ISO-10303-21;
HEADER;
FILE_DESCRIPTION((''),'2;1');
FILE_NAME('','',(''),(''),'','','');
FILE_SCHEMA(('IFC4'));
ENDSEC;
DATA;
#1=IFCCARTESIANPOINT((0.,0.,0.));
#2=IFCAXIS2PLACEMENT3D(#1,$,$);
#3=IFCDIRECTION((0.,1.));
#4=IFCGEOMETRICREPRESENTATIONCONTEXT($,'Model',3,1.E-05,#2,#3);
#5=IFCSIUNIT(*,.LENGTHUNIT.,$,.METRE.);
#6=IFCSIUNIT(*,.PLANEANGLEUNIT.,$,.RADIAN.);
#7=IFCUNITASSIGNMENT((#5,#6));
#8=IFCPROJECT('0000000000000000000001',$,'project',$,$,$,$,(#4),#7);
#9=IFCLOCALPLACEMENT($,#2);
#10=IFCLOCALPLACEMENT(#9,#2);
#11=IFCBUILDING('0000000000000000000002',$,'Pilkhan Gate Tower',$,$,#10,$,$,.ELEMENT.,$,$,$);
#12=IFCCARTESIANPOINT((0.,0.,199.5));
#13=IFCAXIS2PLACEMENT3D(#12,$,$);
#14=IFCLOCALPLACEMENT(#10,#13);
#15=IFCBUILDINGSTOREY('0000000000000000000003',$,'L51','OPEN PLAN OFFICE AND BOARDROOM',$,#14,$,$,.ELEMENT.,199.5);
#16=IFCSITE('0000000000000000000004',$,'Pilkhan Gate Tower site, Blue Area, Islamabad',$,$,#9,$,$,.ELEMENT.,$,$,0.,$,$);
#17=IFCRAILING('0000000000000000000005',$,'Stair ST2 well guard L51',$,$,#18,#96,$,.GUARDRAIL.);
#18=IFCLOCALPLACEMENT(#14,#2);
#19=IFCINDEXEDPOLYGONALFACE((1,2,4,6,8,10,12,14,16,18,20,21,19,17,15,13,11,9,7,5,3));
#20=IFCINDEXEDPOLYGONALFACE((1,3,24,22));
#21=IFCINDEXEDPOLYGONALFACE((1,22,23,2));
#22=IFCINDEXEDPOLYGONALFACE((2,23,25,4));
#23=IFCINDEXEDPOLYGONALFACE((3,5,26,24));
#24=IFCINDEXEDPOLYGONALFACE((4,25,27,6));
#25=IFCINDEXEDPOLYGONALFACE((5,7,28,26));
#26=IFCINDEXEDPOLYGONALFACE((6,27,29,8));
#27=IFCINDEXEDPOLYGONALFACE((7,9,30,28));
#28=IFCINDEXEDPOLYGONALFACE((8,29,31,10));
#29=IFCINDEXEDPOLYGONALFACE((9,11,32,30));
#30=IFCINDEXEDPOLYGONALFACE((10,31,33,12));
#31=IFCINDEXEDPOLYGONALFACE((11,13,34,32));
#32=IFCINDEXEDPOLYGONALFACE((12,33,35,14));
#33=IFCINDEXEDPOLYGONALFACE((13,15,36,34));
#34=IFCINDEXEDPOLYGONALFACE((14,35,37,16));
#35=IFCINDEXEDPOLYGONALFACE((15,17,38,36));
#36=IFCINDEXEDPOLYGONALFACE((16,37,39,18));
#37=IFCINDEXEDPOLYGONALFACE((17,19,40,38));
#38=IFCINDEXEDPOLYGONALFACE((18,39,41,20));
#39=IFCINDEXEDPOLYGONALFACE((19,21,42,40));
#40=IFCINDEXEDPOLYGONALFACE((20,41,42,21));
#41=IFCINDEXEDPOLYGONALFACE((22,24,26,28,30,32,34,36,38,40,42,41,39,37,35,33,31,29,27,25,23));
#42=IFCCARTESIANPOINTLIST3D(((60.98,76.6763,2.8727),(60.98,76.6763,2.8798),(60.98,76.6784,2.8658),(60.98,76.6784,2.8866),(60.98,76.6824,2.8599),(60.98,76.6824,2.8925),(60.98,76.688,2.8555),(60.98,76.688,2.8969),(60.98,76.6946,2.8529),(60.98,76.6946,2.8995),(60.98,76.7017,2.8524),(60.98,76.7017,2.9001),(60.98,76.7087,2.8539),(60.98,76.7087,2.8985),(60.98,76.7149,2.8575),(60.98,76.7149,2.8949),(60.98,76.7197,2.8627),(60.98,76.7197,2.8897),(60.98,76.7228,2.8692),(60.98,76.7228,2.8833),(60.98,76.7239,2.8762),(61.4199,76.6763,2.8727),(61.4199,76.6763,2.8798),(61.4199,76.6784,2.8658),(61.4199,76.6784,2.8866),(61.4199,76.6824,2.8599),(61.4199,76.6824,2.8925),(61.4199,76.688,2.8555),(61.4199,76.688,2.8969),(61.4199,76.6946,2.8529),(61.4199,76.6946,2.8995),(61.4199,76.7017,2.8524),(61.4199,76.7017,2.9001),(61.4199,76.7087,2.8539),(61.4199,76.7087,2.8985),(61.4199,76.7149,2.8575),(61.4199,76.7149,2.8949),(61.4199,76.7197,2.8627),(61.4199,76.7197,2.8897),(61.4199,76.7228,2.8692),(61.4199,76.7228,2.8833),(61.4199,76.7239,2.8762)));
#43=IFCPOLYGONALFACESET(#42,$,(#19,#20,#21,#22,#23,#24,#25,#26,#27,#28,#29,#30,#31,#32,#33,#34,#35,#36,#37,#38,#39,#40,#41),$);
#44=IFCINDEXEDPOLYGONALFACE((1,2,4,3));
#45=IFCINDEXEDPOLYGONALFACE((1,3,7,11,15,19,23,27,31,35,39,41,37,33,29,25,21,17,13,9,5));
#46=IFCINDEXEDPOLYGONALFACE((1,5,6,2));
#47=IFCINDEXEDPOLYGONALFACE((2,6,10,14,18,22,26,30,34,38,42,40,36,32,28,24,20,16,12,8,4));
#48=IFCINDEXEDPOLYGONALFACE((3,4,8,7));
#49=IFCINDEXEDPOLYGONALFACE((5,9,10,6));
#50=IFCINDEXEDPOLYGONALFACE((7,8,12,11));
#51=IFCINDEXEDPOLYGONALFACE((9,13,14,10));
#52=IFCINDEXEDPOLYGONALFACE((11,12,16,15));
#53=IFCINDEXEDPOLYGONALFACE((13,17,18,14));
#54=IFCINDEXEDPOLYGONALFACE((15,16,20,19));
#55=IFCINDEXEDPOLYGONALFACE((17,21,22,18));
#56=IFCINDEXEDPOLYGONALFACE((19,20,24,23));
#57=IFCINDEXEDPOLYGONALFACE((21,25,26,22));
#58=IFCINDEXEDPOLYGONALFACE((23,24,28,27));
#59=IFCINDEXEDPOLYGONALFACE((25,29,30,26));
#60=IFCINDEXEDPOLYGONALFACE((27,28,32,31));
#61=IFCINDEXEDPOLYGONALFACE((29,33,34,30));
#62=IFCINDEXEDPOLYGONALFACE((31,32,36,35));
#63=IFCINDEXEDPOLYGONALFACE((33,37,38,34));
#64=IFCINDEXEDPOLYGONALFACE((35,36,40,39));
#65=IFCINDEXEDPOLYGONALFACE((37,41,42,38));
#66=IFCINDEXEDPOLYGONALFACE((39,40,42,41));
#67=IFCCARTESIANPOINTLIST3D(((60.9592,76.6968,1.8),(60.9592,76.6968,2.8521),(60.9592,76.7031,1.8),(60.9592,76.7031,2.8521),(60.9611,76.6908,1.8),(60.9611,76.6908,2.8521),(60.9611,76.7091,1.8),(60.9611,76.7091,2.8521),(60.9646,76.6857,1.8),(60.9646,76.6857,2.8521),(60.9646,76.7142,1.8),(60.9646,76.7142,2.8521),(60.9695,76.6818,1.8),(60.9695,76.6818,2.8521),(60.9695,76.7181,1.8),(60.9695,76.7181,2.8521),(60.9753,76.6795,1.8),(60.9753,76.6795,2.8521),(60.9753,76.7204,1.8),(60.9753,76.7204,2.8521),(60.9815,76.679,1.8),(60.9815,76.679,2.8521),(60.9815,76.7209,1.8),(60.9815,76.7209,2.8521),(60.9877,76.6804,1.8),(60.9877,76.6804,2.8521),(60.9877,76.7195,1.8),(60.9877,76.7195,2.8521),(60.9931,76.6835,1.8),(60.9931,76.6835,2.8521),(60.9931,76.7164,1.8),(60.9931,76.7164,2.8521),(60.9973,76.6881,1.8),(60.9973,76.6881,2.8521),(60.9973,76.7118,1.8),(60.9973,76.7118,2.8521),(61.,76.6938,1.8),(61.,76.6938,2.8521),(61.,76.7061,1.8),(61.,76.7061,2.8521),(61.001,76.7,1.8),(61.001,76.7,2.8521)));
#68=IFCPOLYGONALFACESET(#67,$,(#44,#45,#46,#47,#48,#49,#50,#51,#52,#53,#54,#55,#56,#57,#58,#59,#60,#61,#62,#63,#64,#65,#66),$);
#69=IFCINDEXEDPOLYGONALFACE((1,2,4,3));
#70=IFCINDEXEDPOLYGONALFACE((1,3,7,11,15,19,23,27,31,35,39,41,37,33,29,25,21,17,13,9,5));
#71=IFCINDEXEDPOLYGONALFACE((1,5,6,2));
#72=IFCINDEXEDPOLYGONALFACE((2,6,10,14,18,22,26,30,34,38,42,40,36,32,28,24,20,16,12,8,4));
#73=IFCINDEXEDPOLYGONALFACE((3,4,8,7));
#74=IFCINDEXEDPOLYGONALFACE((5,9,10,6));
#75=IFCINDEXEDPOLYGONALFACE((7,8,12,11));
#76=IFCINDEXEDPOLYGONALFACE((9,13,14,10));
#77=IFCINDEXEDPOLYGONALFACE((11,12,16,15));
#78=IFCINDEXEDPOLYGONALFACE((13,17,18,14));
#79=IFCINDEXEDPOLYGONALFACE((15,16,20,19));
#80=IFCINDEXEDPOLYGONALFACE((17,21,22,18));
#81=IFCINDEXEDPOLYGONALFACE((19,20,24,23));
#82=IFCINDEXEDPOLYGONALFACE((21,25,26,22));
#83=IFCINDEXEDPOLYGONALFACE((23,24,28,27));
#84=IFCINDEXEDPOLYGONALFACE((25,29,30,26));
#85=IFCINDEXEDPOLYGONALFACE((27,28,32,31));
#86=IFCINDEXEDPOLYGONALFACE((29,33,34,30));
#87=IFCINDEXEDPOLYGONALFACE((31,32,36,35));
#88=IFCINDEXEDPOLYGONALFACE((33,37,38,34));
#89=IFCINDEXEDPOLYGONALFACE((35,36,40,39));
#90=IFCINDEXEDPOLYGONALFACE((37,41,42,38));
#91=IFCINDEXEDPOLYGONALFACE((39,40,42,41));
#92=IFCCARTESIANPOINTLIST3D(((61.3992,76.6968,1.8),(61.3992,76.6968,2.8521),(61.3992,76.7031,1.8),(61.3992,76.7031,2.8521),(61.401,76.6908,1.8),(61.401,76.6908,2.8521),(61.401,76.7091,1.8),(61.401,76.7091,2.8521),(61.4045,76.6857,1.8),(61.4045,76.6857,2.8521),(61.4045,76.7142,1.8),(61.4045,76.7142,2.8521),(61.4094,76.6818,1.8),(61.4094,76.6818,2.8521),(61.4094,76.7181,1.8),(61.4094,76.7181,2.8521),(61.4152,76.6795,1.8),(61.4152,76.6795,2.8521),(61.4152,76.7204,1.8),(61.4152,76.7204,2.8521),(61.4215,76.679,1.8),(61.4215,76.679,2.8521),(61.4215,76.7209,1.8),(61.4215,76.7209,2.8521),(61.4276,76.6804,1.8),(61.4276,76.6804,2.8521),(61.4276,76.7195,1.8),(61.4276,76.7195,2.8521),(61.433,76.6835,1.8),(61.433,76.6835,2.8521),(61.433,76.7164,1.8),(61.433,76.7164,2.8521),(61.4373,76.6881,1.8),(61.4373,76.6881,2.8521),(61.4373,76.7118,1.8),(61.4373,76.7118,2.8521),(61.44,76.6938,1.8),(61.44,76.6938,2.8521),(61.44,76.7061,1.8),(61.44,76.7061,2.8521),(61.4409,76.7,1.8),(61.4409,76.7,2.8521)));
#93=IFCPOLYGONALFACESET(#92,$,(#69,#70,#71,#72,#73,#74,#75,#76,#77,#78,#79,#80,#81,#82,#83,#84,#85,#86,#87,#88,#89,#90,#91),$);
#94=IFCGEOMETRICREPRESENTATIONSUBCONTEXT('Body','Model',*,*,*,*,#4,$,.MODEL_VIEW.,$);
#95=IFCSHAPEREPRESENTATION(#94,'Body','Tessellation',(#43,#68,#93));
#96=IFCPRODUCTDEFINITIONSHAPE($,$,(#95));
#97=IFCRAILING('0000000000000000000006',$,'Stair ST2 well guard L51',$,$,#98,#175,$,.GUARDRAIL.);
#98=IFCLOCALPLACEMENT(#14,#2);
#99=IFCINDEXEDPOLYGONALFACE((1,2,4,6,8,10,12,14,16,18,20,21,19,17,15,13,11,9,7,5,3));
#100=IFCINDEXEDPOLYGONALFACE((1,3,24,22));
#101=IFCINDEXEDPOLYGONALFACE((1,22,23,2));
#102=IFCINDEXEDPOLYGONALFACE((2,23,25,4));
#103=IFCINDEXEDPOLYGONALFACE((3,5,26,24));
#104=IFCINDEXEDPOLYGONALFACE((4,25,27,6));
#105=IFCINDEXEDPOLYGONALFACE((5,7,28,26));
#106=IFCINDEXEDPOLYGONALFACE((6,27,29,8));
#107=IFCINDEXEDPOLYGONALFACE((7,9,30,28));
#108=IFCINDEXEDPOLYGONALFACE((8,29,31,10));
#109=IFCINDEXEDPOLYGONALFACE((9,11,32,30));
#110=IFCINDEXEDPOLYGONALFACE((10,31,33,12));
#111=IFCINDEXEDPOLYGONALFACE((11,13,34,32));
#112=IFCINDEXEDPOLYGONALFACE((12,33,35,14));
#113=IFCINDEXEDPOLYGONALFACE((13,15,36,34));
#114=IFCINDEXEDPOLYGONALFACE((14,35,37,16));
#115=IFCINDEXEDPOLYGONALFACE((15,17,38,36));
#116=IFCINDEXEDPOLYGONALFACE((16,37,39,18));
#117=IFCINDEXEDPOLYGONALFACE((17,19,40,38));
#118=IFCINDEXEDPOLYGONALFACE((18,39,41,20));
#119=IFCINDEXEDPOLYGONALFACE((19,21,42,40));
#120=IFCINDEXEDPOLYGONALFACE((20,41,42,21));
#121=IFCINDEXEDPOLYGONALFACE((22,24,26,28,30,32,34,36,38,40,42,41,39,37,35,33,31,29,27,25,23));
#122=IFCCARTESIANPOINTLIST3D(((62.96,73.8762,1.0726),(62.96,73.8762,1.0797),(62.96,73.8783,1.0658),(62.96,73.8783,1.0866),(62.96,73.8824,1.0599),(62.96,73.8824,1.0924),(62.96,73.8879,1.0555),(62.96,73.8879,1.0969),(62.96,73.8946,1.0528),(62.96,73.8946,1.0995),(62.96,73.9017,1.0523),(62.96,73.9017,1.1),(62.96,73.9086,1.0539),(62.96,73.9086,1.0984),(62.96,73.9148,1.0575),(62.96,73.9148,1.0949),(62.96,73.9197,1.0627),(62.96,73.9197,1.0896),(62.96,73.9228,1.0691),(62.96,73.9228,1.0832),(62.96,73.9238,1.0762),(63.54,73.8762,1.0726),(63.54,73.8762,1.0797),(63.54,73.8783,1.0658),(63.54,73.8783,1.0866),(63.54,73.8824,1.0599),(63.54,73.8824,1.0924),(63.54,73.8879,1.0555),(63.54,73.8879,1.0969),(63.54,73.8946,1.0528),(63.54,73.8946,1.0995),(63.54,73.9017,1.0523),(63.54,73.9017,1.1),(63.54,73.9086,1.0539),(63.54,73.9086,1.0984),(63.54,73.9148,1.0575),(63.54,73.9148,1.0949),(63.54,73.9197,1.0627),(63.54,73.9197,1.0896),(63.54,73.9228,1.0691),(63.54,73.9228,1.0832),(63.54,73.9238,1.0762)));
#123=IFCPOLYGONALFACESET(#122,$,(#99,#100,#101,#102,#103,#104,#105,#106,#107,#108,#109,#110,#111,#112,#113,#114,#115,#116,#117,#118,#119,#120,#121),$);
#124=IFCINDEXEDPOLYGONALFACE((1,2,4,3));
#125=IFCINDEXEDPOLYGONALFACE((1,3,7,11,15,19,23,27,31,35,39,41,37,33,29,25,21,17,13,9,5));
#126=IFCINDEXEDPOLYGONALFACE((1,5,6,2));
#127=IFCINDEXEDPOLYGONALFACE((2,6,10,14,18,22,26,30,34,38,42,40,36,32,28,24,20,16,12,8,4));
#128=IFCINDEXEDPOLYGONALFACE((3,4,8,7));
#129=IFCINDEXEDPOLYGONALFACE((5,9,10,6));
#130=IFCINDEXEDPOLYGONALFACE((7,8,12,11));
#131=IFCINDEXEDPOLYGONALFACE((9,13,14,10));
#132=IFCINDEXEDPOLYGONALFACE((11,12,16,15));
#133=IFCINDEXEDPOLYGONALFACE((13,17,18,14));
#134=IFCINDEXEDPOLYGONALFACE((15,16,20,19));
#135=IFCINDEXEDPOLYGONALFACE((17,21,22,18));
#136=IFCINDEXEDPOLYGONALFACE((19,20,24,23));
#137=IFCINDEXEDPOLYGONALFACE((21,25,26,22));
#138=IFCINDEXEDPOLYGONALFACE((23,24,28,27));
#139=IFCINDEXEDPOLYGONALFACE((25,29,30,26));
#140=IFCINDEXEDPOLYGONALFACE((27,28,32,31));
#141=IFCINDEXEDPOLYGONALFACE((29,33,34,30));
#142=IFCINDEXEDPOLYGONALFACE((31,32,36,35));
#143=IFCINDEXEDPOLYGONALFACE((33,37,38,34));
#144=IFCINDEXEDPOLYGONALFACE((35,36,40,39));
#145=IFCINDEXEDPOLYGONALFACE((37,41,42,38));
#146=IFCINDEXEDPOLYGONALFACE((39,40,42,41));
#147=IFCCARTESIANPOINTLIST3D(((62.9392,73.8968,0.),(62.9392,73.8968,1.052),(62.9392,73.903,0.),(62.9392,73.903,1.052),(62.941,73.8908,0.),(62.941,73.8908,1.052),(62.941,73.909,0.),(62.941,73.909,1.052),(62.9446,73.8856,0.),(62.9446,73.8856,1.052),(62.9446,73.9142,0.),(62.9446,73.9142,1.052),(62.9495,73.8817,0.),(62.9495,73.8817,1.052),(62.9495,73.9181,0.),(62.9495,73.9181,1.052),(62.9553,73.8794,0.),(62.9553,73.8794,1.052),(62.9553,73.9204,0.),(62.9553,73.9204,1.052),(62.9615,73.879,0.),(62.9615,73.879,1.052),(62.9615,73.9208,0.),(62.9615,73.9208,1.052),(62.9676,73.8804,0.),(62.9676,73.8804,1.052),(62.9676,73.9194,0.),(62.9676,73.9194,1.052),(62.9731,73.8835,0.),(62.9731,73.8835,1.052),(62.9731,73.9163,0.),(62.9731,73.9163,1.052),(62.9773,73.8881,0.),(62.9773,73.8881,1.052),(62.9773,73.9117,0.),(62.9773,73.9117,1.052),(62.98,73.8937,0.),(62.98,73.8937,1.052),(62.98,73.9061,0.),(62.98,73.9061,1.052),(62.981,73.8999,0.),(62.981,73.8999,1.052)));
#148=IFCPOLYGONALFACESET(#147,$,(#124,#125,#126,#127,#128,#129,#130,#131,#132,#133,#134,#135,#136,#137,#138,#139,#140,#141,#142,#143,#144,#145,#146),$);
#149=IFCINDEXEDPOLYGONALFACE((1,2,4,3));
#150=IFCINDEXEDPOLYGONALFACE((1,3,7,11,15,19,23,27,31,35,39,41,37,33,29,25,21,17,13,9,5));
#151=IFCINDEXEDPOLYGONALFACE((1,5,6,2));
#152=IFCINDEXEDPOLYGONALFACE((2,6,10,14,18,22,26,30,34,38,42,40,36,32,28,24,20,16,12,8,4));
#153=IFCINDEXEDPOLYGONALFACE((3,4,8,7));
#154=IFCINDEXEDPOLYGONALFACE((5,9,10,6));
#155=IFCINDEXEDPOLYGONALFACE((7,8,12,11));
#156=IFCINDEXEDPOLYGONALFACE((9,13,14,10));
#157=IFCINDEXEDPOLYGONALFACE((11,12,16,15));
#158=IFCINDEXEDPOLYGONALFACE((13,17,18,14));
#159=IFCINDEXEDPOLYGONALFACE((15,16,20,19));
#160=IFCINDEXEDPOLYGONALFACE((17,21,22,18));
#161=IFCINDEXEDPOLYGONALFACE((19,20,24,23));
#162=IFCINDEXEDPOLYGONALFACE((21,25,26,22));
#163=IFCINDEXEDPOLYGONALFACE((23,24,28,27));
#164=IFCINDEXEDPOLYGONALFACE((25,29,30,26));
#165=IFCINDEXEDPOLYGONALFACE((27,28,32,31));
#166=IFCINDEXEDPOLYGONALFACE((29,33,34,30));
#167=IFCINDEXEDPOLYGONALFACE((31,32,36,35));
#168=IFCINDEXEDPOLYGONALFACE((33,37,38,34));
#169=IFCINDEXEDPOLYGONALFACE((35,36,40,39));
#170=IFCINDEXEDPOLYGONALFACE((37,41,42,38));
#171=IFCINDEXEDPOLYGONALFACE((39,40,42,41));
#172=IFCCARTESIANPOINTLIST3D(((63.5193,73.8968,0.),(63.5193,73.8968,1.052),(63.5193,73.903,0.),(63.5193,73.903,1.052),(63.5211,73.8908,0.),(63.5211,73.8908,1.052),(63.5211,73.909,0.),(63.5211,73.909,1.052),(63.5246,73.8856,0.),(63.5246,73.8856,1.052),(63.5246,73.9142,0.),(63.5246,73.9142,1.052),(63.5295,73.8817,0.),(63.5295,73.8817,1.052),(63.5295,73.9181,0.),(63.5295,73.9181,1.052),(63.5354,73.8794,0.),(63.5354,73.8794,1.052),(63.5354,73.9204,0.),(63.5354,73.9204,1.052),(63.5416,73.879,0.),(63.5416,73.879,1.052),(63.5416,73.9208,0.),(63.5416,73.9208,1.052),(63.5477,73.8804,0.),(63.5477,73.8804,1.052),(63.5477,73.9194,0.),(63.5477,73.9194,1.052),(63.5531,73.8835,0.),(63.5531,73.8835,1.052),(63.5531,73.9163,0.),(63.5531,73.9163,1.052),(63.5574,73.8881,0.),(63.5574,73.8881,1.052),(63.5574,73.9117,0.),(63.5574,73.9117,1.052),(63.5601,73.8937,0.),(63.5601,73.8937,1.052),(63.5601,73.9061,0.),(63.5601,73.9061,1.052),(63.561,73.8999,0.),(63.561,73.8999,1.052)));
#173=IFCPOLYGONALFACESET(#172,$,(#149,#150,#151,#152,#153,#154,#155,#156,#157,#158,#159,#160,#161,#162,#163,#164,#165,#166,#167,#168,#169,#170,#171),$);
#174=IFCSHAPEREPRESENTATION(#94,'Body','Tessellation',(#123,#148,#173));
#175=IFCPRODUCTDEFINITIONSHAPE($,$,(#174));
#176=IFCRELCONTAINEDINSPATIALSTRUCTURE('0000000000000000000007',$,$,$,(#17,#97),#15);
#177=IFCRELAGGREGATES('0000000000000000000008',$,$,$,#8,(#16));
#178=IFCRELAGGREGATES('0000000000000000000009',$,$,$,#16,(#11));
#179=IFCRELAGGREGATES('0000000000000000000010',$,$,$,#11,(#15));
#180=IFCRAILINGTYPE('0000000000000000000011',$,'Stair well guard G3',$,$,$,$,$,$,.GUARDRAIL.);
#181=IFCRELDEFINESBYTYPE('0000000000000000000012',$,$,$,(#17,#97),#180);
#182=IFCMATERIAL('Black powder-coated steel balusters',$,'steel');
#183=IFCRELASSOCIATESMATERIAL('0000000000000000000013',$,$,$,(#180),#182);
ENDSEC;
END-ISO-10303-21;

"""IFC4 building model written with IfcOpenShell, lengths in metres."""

from ifc_helpers import new_model, si_unit, direction, frame, origin, origin_2d, place, context, subcontext, project, spatial, circle, extrude, material, type_object, element, save


model = new_model("IFC4")

# Units and contexts
model_context = context("Model", 3, precision=1e-05, world=origin(), true_north=direction((0.0, 1.0)))
body_context = subcontext(model_context, "Body", "Model", "MODEL_VIEW")
ifc_project = project(units=[si_unit("LENGTHUNIT", "METRE"), si_unit("PLANEANGLEUNIT", "RADIAN")], contexts=[model_context])

# Site, building, storey
site_placement = place(None, origin())
site = spatial("IfcSite", under=ifc_project, at=site_placement, Name="Pilkhan Gate Tower site, Blue Area, Islamabad", CompositionType="ELEMENT", RefElevation=0.0)
building_placement = place(site_placement, origin())
building = spatial("IfcBuilding", under=site, at=building_placement, Name="Pilkhan Gate Tower", CompositionType="ELEMENT")
storey_placement = place(building_placement, frame((0.0, 0.0, 199.5)))
storey = spatial("IfcBuildingStorey", under=building, at=storey_placement, Name="L51", Description="OPEN PLAN OFFICE AND BOARDROOM", CompositionType="ELEMENT", Elevation=199.5)

# Railings
ifc_material_1 = material(Name="Black powder-coated steel balusters", Category="steel")
railing_type_1 = type_object("IfcRailingType", Name="Stair well guard G3", PredefinedType="GUARDRAIL", material=ifc_material_1)
railing_1_placement = place(storey_placement, frame((60.98, 76.7, 1.8)))
element("IfcRailing", 1, at=railing_1_placement, inside=storey, type_object=railing_type_1, Name="Stair ST2 well guard L51", PredefinedType="GUARDRAIL", context=body_context, shape_type="SweptSolid", body=[
    extrude(circle(Radius=0.0239, at=origin_2d()), frame((0.0, 0.0, 1.0762), z_axis=(1.0, 0.0, 0.0), x_axis=(0.0, 1.0, 0.0)), (0.0, 0.0, 1.0), 0.4399),
    extrude(circle(Radius=0.021, at=origin_2d()), origin(), (0.0, 0.0, 1.0), 1.052),
    extrude(circle(Radius=0.021, at=origin_2d()), frame((0.4399, 0.0, 0.0)), (0.0, 0.0, 1.0), 1.052),
])
for number, where, name in (
    (2, (62.96, 73.8999, 0.0), "Stair ST2 well guard L51"),
):
    element("IfcRailing", number, at=place(storey_placement, frame(where)), inside=storey, type_object=railing_type_1, Name=name, PredefinedType="GUARDRAIL", context=body_context, shape_type="SweptSolid", body=[
        extrude(circle(Radius=0.0239, at=origin_2d()), frame((0.0, 0.0, 1.0762), z_axis=(1.0, 0.0, 0.0), x_axis=(0.0, 1.0, 0.0)), (0.0, 0.0, 1.0), 0.5801),
        extrude(circle(Radius=0.021, at=origin_2d()), origin(), (0.0, 0.0, 1.0), 1.052),
        extrude(circle(Radius=0.021, at=origin_2d()), frame((0.5801, 0.0, 0.0)), (0.0, 0.0, 1.0), 1.052),
    ])

save(model, "model.ifc")
